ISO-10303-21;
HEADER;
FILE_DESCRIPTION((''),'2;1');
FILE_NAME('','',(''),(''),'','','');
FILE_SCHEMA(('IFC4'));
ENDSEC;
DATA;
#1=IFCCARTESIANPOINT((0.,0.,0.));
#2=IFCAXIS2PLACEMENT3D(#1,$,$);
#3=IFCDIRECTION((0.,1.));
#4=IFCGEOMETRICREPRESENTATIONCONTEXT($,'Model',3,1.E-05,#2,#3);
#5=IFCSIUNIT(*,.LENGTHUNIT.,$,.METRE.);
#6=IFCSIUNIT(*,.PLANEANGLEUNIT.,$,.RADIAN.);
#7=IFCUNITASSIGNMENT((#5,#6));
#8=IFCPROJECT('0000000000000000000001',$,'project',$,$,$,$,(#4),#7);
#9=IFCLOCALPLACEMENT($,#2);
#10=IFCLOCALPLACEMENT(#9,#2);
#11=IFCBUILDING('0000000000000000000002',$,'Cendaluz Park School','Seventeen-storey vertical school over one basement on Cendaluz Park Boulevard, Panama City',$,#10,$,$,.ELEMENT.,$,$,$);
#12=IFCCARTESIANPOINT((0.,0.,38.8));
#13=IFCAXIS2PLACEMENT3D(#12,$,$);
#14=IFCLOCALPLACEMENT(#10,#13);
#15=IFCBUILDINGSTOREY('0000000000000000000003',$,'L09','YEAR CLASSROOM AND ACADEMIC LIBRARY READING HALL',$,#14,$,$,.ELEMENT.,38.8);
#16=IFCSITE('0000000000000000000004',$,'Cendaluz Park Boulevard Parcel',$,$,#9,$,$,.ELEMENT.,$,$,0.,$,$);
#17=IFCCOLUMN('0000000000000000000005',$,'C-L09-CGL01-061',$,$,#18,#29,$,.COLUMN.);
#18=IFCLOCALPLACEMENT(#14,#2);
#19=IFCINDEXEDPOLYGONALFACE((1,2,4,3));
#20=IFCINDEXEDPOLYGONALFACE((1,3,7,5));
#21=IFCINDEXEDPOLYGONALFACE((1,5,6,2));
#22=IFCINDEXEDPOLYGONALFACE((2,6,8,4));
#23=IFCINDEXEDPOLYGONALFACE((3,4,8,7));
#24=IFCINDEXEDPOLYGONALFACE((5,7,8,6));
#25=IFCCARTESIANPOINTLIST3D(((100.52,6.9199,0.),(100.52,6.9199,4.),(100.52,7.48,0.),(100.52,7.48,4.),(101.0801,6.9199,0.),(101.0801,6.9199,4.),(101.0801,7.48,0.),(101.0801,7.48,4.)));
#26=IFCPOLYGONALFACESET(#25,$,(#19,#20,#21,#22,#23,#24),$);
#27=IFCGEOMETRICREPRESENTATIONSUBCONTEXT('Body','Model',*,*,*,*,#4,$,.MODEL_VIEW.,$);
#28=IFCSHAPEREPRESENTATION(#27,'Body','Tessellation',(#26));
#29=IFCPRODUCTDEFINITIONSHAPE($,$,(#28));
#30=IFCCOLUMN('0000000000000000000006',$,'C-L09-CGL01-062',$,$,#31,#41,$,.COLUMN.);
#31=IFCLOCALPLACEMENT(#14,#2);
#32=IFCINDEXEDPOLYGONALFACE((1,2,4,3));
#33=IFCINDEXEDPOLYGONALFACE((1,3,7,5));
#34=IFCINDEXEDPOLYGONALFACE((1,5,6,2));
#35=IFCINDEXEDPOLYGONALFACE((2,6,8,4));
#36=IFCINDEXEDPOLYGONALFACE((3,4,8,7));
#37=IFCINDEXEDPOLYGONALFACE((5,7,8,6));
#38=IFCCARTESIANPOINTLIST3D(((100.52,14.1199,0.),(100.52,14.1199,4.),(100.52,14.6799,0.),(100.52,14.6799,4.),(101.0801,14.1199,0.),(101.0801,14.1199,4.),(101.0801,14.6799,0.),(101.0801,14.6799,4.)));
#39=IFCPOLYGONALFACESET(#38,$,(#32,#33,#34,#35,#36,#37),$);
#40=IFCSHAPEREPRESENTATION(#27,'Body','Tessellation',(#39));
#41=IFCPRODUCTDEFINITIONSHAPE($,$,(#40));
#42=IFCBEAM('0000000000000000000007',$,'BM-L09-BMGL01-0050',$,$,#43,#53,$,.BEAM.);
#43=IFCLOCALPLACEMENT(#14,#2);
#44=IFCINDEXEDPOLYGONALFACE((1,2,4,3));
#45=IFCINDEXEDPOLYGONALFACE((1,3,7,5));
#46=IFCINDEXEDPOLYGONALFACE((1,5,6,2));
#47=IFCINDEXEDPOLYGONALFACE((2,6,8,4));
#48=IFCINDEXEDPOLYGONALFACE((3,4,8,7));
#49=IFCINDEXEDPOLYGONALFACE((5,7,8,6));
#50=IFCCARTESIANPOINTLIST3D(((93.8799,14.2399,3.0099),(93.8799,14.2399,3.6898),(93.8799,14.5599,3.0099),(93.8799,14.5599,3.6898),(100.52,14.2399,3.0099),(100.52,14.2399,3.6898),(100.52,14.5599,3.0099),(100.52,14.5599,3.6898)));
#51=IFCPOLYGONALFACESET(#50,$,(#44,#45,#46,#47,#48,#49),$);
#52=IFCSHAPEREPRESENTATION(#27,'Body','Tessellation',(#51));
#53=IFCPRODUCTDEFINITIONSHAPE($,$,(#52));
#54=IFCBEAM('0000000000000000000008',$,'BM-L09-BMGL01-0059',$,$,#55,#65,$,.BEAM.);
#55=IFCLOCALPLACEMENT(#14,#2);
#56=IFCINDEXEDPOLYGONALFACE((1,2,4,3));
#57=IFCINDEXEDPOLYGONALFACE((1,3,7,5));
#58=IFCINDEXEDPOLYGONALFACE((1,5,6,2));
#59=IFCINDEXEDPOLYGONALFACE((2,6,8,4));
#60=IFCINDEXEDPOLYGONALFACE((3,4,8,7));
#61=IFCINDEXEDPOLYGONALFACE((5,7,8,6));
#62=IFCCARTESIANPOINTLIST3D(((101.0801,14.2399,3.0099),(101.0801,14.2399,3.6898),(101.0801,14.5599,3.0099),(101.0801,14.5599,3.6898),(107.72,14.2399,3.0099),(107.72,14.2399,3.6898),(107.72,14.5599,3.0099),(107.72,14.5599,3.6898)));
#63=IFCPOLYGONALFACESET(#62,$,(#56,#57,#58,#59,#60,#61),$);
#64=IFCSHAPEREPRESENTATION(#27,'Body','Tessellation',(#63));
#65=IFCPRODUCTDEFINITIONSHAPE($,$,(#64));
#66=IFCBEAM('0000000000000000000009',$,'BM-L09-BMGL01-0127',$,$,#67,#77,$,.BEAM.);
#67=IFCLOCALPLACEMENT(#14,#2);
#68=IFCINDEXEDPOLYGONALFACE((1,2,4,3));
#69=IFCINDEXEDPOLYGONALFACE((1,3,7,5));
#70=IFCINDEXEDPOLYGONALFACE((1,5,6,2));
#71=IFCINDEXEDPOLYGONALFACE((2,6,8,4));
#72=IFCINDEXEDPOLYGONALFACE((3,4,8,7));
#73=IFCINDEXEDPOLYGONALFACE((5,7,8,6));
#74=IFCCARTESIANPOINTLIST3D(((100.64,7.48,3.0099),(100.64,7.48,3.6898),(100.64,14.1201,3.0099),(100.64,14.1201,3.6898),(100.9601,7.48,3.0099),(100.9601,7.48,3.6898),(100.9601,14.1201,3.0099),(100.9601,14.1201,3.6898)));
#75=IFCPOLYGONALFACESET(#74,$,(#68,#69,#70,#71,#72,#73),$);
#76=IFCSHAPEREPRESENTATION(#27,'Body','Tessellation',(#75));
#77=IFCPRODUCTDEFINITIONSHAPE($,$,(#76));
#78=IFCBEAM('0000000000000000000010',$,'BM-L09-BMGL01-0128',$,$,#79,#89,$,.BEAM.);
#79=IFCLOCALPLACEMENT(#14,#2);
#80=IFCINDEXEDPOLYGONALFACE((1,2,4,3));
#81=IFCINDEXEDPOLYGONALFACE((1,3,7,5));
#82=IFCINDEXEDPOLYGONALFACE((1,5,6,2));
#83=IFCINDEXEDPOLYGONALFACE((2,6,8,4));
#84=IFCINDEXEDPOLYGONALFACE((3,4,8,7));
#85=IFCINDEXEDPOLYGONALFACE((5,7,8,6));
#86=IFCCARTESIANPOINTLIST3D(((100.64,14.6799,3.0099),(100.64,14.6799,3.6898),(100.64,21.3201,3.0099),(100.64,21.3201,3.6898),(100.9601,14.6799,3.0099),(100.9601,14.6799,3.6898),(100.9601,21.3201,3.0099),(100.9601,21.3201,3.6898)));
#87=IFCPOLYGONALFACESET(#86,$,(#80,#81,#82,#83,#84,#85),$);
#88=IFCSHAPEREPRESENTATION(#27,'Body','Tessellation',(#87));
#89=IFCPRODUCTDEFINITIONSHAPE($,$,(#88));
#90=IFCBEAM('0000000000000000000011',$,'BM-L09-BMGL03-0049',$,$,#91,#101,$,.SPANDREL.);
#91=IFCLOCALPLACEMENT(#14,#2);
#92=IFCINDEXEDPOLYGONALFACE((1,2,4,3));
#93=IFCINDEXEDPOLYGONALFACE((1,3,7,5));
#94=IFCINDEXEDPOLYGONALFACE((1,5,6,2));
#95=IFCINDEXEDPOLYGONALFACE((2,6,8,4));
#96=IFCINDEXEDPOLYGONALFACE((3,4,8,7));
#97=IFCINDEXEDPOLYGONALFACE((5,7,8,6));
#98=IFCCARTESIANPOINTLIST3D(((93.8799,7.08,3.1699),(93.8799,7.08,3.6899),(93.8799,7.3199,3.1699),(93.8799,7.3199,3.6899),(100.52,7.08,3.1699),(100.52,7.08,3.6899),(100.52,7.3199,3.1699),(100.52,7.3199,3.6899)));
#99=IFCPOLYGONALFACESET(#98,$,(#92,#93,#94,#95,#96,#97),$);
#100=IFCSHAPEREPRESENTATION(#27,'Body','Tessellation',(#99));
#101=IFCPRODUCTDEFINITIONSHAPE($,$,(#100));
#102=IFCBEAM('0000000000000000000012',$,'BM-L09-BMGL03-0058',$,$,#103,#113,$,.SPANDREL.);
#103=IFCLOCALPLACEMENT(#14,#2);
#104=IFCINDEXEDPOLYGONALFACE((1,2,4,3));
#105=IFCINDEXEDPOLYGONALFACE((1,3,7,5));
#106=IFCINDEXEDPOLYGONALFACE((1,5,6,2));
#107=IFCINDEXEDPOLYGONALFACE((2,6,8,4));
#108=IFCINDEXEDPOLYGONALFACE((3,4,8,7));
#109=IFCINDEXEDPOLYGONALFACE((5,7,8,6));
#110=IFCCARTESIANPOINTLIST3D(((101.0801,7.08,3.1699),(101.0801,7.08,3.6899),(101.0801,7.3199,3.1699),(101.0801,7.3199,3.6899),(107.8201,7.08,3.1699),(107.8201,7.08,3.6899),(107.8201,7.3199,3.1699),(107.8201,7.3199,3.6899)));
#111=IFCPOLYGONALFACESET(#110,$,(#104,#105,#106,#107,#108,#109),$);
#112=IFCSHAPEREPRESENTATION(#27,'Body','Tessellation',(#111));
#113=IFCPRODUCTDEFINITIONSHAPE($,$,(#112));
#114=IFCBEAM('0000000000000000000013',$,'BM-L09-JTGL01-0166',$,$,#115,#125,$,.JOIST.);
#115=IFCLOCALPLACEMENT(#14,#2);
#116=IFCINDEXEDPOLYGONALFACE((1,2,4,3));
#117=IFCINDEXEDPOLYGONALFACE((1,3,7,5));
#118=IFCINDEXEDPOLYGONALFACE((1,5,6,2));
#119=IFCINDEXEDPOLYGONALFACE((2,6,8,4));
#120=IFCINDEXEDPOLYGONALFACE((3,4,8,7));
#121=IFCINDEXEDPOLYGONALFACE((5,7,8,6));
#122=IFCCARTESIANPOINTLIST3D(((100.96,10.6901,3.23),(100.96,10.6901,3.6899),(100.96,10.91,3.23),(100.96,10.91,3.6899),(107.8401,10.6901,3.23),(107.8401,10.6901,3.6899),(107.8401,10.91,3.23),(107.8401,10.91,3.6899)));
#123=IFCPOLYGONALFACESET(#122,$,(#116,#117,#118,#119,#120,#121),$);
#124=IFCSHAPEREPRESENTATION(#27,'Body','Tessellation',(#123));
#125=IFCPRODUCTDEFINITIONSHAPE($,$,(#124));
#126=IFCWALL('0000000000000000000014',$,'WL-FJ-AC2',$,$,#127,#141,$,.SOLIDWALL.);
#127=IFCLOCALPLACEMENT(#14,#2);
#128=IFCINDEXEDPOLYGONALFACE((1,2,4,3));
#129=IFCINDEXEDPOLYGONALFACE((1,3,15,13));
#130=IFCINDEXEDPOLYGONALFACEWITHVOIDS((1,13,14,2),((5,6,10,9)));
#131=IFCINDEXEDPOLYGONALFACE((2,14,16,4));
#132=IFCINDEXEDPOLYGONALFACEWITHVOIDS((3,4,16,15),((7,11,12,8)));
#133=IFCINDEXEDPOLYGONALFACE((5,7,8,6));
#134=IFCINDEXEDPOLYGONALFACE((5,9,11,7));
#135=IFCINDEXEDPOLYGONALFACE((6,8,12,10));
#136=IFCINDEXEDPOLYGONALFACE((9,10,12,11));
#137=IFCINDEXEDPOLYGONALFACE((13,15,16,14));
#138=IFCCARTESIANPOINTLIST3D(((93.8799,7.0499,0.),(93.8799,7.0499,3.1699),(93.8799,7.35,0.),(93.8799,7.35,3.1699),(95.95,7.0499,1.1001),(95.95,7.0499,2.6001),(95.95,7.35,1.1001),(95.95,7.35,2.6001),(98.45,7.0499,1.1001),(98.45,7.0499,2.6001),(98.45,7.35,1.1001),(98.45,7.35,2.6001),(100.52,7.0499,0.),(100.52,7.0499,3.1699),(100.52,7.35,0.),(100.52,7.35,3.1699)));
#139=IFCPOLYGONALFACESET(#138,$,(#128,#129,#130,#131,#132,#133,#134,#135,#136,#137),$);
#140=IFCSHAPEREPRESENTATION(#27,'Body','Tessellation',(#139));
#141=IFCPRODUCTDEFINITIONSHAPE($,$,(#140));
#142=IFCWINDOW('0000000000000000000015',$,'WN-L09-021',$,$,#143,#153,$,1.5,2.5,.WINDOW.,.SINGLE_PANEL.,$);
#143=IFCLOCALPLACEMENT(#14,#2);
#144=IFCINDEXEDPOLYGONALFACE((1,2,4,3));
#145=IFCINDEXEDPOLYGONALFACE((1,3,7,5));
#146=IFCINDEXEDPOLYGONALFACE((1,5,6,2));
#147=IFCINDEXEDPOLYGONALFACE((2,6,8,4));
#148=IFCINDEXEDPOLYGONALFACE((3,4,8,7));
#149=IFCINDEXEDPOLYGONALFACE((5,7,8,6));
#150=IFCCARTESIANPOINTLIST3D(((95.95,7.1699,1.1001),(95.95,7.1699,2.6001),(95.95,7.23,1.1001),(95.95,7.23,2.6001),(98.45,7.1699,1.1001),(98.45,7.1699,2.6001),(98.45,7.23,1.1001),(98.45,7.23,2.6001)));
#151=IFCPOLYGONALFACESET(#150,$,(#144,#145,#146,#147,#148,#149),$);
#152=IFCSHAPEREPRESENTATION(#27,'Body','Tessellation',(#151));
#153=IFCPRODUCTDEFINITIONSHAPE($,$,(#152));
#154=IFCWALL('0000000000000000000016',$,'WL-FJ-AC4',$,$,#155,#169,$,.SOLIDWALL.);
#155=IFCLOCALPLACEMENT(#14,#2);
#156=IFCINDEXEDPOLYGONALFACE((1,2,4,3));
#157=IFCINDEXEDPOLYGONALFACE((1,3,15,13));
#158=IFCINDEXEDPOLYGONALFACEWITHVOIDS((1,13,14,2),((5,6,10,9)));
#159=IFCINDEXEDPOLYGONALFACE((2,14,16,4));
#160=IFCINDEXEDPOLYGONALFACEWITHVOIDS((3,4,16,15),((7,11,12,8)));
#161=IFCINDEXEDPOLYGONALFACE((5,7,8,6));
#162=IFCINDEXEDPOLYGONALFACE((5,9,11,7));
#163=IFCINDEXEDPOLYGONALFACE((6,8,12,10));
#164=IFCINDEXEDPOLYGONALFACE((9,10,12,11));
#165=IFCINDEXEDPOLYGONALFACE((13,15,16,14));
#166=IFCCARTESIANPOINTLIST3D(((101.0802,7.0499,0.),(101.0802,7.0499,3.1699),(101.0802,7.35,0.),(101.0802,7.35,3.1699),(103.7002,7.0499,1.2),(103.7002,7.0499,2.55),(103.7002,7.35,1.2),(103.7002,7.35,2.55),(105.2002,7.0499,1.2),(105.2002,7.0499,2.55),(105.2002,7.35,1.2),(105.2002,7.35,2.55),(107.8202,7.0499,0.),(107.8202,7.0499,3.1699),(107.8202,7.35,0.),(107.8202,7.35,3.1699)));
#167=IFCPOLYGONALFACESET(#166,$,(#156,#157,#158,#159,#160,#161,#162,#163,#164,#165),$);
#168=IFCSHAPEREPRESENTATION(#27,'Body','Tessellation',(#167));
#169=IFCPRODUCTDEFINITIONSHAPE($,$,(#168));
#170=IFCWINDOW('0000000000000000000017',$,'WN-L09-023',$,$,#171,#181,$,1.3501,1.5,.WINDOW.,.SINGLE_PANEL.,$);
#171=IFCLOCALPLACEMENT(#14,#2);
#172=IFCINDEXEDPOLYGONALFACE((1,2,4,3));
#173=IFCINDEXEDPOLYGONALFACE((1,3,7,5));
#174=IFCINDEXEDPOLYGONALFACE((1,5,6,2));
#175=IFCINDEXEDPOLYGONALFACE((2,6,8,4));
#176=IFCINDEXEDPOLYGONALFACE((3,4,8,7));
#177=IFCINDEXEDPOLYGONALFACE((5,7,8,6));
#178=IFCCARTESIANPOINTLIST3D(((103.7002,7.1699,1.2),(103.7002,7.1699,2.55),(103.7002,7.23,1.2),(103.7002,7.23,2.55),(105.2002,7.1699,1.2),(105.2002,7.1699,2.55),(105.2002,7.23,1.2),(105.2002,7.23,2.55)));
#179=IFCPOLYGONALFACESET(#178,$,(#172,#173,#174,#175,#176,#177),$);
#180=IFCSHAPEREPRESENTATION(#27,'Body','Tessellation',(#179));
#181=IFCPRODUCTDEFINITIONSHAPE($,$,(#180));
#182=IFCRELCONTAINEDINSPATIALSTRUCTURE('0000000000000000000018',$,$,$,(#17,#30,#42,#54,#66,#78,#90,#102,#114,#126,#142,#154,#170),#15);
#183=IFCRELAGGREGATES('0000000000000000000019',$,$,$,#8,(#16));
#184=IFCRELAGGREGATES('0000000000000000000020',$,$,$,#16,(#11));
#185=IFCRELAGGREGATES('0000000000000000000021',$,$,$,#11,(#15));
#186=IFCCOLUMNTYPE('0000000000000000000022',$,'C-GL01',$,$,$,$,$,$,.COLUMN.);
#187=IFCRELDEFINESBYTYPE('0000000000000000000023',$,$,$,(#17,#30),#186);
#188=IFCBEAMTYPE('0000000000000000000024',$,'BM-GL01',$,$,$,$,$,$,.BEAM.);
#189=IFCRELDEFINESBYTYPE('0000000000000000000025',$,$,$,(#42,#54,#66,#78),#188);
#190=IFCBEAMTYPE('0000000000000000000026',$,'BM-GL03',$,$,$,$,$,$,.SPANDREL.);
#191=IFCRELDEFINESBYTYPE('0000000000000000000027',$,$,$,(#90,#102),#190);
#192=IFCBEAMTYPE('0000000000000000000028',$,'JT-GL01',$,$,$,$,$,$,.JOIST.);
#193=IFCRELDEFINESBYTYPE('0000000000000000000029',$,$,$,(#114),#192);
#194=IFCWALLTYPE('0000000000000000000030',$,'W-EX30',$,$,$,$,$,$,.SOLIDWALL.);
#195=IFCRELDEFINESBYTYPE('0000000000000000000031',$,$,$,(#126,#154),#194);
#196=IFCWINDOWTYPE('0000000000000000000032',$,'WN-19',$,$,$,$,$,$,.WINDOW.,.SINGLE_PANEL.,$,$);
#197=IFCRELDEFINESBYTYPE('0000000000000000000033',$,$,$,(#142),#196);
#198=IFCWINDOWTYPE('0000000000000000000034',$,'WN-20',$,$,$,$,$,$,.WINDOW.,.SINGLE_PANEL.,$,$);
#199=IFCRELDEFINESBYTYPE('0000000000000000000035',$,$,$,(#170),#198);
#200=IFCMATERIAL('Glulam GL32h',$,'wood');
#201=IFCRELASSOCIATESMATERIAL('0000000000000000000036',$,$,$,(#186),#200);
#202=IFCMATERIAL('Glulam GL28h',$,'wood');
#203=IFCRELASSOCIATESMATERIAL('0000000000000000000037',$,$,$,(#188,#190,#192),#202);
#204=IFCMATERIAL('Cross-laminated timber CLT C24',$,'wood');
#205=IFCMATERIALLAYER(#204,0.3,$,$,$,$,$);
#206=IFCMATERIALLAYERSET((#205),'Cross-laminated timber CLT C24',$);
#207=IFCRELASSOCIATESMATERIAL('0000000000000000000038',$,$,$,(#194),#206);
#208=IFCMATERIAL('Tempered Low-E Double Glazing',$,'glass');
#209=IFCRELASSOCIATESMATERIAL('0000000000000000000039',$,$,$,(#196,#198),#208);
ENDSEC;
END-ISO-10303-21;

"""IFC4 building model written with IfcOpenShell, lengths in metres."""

from ifc_helpers import new_model, si_unit, direction, frame, frame_2d, origin, origin_2d, place, context, subcontext, project, spatial, rectangle, extrude, material, layer, layer_set, material_profile, profile_set, type_object, element, fill, save


model = new_model("IFC4")

# Units and contexts
model_context = context("Model", 3, precision=1e-05, world=origin(), true_north=direction((0.0, 1.0)))
body_context = subcontext(model_context, "Body", "Model", "MODEL_VIEW")
ifc_project = project(units=[si_unit("LENGTHUNIT", "METRE"), si_unit("PLANEANGLEUNIT", "RADIAN")], contexts=[model_context])

# Site, building, storey
site_placement = place(None, origin())
site = spatial("IfcSite", under=ifc_project, at=site_placement, Name="Cendaluz Park Boulevard Parcel", CompositionType="ELEMENT", RefElevation=0.0)
building_placement = place(site_placement, origin())
building = spatial("IfcBuilding", under=site, at=building_placement, Name="Cendaluz Park School", Description="Seventeen-storey vertical school over one basement on Cendaluz Park Boulevard, Panama City", CompositionType="ELEMENT")
storey_placement = place(building_placement, frame((0.0, 0.0, 38.8)))
storey = spatial("IfcBuildingStorey", under=building, at=storey_placement, Name="L09", Description="YEAR CLASSROOM AND ACADEMIC LIBRARY READING HALL", CompositionType="ELEMENT", Elevation=38.8)

# Columns
ifc_material_1 = material(Name="Glulam GL32h", Category="wood")
ifc_material_profile_1 = material_profile(ifc_material_1, rectangle(XDim=0.5601, YDim=0.5601, at=origin_2d()), Name="GL32h 560x560", Category="wood")
ifc_profile_set_1 = profile_set([ifc_material_profile_1], Name="Glulam GL32h")
column_type = type_object("IfcColumnType", Name="C-GL01", PredefinedType="COLUMN", material=ifc_profile_set_1)
for number, where, z_axis, x_axis, name in (
    (1, (100.8, 7.2, 0.0), (0.0, 0.0, 1.0), (1.0, 0.0, 0.0), "C-L09-CGL01-061"),
    (2, (100.8, 14.3999, 0.0), (0.0, 0.0, 1.0), (1.0, 0.0, 0.0), "C-L09-CGL01-062"),
):
    element("IfcColumn", number, at=place(storey_placement, frame(where, z_axis=z_axis, x_axis=x_axis)), inside=storey, type_object=column_type, Name=name, PredefinedType="COLUMN", context=body_context, shape_type="SweptSolid", body=[
        extrude(rectangle(XDim=0.5601, YDim=0.5601, at=origin_2d()), origin(), (0.0, 0.0, 1.0), 4.0),
    ])

# Beams
ifc_material_2 = material(Name="Glulam GL28h", Category="wood")
ifc_material_profile_2 = material_profile(ifc_material_2, rectangle(XDim=0.3201, YDim=0.6799, at=origin_2d()), Name="GL28h 320x680", Category="wood")
ifc_profile_set_2 = profile_set([ifc_material_profile_2], Name="Glulam GL28h")
beam_type_1 = type_object("IfcBeamType", Name="BM-GL01", PredefinedType="BEAM", material=ifc_profile_set_2)
beam_1_placement = place(storey_placement, frame((93.8799, 14.3999, 3.3499), z_axis=(1.0, 0.0, 0.0), x_axis=(0.0, 1.0, 0.0)))
element("IfcBeam", 3, at=beam_1_placement, inside=storey, type_object=beam_type_1, Name="BM-L09-BMGL01-0050", PredefinedType="BEAM", context=body_context, shape_type="SweptSolid", body=[
    extrude(rectangle(XDim=0.3201, YDim=0.6799, at=origin_2d()), origin(), (0.0, 0.0, 1.0), 6.6401),
])
beam_2_placement = place(storey_placement, frame((101.0801, 14.3999, 3.3499), z_axis=(1.0, 0.0, 0.0), x_axis=(0.0, 1.0, 0.0)))
element("IfcBeam", 4, at=beam_2_placement, inside=storey, type_object=beam_type_1, Name="BM-L09-BMGL01-0059", PredefinedType="BEAM", context=body_context, shape_type="SweptSolid", body=[
    extrude(rectangle(XDim=0.3201, YDim=0.6799, at=origin_2d()), origin(), (0.0, 0.0, 1.0), 6.6399),
])
for number, where, z_axis, x_axis, name in (
    (5, (100.8, 7.48, 3.3499), (0.0, 1.0, 0.0), (-1.0, 0.0, 0.0), "BM-L09-BMGL01-0127"),
    (6, (100.8, 14.6799, 3.3499), (0.0, 1.0, 0.0), (-1.0, 0.0, 0.0), "BM-L09-BMGL01-0128"),
):
    element("IfcBeam", number, at=place(storey_placement, frame(where, z_axis=z_axis, x_axis=x_axis)), inside=storey, type_object=beam_type_1, Name=name, PredefinedType="BEAM", context=body_context, shape_type="SweptSolid", body=[
        extrude(rectangle(XDim=0.3201, YDim=0.6799, at=origin_2d()), origin(), (0.0, 0.0, 1.0), 6.6401),
    ])
ifc_material_profile_3 = material_profile(ifc_material_2, rectangle(XDim=0.24, YDim=0.52, at=origin_2d()), Name="GL28h 240x520", Category="wood")
ifc_profile_set_3 = profile_set([ifc_material_profile_3], Name="Glulam GL28h")
beam_type_2 = type_object("IfcBeamType", Name="BM-GL03", PredefinedType="SPANDREL", material=ifc_profile_set_3)
beam_3_placement = place(storey_placement, frame((93.8799, 7.2, 3.4299), z_axis=(1.0, 0.0, 0.0), x_axis=(0.0, 1.0, 0.0)))
element("IfcBeam", 7, at=beam_3_placement, inside=storey, type_object=beam_type_2, Name="BM-L09-BMGL03-0049", PredefinedType="SPANDREL", context=body_context, shape_type="SweptSolid", body=[
    extrude(rectangle(XDim=0.24, YDim=0.52, at=origin_2d()), origin(), (0.0, 0.0, 1.0), 6.6401),
])
beam_4_placement = place(storey_placement, frame((101.0801, 7.2, 3.4299), z_axis=(1.0, 0.0, 0.0), x_axis=(0.0, 1.0, 0.0)))
element("IfcBeam", 8, at=beam_4_placement, inside=storey, type_object=beam_type_2, Name="BM-L09-BMGL03-0058", PredefinedType="SPANDREL", context=body_context, shape_type="SweptSolid", body=[
    extrude(rectangle(XDim=0.24, YDim=0.52, at=origin_2d()), origin(), (0.0, 0.0, 1.0), 6.74),
])
ifc_material_profile_4 = material_profile(ifc_material_2, rectangle(XDim=0.22, YDim=0.46, at=origin_2d()), Name="GL28h 220x460", Category="wood")
ifc_profile_set_4 = profile_set([ifc_material_profile_4], Name="Glulam GL28h")
beam_type_3 = type_object("IfcBeamType", Name="JT-GL01", PredefinedType="JOIST", material=ifc_profile_set_4)
beam_5_placement = place(storey_placement, frame((100.96, 10.8, 3.46), z_axis=(1.0, 0.0, 0.0), x_axis=(0.0, 1.0, 0.0)))
element("IfcBeam", 9, at=beam_5_placement, inside=storey, type_object=beam_type_3, Name="BM-L09-JTGL01-0166", PredefinedType="JOIST", context=body_context, shape_type="SweptSolid", body=[
    extrude(rectangle(XDim=0.22, YDim=0.46, at=origin_2d()), origin(), (0.0, 0.0, 1.0), 6.8801),
])

# Walls, openings, windows
ifc_material_3 = material(Name="Cross-laminated timber CLT C24", Category="wood")
ifc_layer_1 = layer(ifc_material_3, 0.3)
ifc_layer_set_1 = layer_set([ifc_layer_1], Name="Cross-laminated timber CLT C24")
wall_type_1 = type_object("IfcWallType", Name="W-EX30", PredefinedType="SOLIDWALL", material=ifc_layer_set_1)
wall_1_placement = place(storey_placement, frame((93.8799, 7.2, 0.0), z_axis=(0.0, 0.0, 1.0), x_axis=(1.0, 0.0, 0.0)))
wall_1 = element("IfcWall", 10, at=wall_1_placement, inside=storey, type_object=wall_type_1, Name="WL-FJ-AC2", PredefinedType="SOLIDWALL", context=body_context, shape_type="SweptSolid", body=[
    extrude(rectangle(XDim=6.6401, YDim=0.3, at=frame_2d((3.3201, 0.0))), origin(), (0.0, 0.0, 1.0), 3.1699),
])
opening_1_placement = place(wall_1_placement, frame((2.0701, 0.0, 1.1001)))
opening_1 = element("IfcOpeningElement", 11, at=opening_1_placement, cuts=wall_1, PredefinedType="OPENING", context=body_context, shape_type="SweptSolid", body=[
    extrude(rectangle(XDim=2.5, YDim=1.5, at=frame_2d((1.25, 0.75))), frame((0.0, 0.1621, 0.0), z_axis=(0.0, -1.0, 0.0), x_axis=(1.0, 0.0, 0.0)), (0.0, 0.0, 1.0), 0.324),
])
ifc_material_4 = material(Name="Tempered Low-E Double Glazing", Category="glass")
window_type_1 = type_object("IfcWindowType", Name="WN-19", PartitioningType="SINGLE_PANEL", PredefinedType="WINDOW", material=ifc_material_4)
window_1_placement = place(opening_1_placement, origin())
window_1 = element("IfcWindow", 12, at=window_1_placement, inside=storey, type_object=window_type_1, Name="WN-L09-021", OverallHeight=1.5, OverallWidth=2.5, PartitioningType="SINGLE_PANEL", PredefinedType="WINDOW", context=body_context, shape_type="SweptSolid", body=[
    extrude(rectangle(XDim=2.5, YDim=1.5, at=frame_2d((1.25, 0.75))), frame((0.0, 0.03, 0.0), z_axis=(0.0, -1.0, 0.0), x_axis=(1.0, 0.0, 0.0)), (0.0, 0.0, 1.0), 0.0601),
])
fill(opening_1, window_1)
wall_2_placement = place(storey_placement, frame((101.0801, 7.2, 0.0), z_axis=(0.0, 0.0, 1.0), x_axis=(1.0, 0.0, 0.0)))
wall_2 = element("IfcWall", 13, at=wall_2_placement, inside=storey, type_object=wall_type_1, Name="WL-FJ-AC4", PredefinedType="SOLIDWALL", context=body_context, shape_type="SweptSolid", body=[
    extrude(rectangle(XDim=6.74, YDim=0.3, at=frame_2d((3.3701, 0.0))), origin(), (0.0, 0.0, 1.0), 3.1699),
])
opening_2_placement = place(wall_2_placement, frame((2.6201, 0.0, 1.2)))
opening_2 = element("IfcOpeningElement", 14, at=opening_2_placement, cuts=wall_2, PredefinedType="OPENING", context=body_context, shape_type="SweptSolid", body=[
    extrude(rectangle(XDim=1.5, YDim=1.3501, at=frame_2d((0.75, 0.675))), frame((0.0, 0.1621, 0.0), z_axis=(0.0, -1.0, 0.0), x_axis=(1.0, 0.0, 0.0)), (0.0, 0.0, 1.0), 0.324),
])
window_type_2 = type_object("IfcWindowType", Name="WN-20", PartitioningType="SINGLE_PANEL", PredefinedType="WINDOW", material=ifc_material_4)
window_2_placement = place(opening_2_placement, origin())
window_2 = element("IfcWindow", 15, at=window_2_placement, inside=storey, type_object=window_type_2, Name="WN-L09-023", OverallHeight=1.3501, OverallWidth=1.5, PartitioningType="SINGLE_PANEL", PredefinedType="WINDOW", context=body_context, shape_type="SweptSolid", body=[
    extrude(rectangle(XDim=1.5, YDim=1.3501, at=frame_2d((0.75, 0.675))), frame((0.0, 0.03, 0.0), z_axis=(0.0, -1.0, 0.0), x_axis=(1.0, 0.0, 0.0)), (0.0, 0.0, 1.0), 0.0601),
])
fill(opening_2, window_2)

save(model, "model.ifc")
